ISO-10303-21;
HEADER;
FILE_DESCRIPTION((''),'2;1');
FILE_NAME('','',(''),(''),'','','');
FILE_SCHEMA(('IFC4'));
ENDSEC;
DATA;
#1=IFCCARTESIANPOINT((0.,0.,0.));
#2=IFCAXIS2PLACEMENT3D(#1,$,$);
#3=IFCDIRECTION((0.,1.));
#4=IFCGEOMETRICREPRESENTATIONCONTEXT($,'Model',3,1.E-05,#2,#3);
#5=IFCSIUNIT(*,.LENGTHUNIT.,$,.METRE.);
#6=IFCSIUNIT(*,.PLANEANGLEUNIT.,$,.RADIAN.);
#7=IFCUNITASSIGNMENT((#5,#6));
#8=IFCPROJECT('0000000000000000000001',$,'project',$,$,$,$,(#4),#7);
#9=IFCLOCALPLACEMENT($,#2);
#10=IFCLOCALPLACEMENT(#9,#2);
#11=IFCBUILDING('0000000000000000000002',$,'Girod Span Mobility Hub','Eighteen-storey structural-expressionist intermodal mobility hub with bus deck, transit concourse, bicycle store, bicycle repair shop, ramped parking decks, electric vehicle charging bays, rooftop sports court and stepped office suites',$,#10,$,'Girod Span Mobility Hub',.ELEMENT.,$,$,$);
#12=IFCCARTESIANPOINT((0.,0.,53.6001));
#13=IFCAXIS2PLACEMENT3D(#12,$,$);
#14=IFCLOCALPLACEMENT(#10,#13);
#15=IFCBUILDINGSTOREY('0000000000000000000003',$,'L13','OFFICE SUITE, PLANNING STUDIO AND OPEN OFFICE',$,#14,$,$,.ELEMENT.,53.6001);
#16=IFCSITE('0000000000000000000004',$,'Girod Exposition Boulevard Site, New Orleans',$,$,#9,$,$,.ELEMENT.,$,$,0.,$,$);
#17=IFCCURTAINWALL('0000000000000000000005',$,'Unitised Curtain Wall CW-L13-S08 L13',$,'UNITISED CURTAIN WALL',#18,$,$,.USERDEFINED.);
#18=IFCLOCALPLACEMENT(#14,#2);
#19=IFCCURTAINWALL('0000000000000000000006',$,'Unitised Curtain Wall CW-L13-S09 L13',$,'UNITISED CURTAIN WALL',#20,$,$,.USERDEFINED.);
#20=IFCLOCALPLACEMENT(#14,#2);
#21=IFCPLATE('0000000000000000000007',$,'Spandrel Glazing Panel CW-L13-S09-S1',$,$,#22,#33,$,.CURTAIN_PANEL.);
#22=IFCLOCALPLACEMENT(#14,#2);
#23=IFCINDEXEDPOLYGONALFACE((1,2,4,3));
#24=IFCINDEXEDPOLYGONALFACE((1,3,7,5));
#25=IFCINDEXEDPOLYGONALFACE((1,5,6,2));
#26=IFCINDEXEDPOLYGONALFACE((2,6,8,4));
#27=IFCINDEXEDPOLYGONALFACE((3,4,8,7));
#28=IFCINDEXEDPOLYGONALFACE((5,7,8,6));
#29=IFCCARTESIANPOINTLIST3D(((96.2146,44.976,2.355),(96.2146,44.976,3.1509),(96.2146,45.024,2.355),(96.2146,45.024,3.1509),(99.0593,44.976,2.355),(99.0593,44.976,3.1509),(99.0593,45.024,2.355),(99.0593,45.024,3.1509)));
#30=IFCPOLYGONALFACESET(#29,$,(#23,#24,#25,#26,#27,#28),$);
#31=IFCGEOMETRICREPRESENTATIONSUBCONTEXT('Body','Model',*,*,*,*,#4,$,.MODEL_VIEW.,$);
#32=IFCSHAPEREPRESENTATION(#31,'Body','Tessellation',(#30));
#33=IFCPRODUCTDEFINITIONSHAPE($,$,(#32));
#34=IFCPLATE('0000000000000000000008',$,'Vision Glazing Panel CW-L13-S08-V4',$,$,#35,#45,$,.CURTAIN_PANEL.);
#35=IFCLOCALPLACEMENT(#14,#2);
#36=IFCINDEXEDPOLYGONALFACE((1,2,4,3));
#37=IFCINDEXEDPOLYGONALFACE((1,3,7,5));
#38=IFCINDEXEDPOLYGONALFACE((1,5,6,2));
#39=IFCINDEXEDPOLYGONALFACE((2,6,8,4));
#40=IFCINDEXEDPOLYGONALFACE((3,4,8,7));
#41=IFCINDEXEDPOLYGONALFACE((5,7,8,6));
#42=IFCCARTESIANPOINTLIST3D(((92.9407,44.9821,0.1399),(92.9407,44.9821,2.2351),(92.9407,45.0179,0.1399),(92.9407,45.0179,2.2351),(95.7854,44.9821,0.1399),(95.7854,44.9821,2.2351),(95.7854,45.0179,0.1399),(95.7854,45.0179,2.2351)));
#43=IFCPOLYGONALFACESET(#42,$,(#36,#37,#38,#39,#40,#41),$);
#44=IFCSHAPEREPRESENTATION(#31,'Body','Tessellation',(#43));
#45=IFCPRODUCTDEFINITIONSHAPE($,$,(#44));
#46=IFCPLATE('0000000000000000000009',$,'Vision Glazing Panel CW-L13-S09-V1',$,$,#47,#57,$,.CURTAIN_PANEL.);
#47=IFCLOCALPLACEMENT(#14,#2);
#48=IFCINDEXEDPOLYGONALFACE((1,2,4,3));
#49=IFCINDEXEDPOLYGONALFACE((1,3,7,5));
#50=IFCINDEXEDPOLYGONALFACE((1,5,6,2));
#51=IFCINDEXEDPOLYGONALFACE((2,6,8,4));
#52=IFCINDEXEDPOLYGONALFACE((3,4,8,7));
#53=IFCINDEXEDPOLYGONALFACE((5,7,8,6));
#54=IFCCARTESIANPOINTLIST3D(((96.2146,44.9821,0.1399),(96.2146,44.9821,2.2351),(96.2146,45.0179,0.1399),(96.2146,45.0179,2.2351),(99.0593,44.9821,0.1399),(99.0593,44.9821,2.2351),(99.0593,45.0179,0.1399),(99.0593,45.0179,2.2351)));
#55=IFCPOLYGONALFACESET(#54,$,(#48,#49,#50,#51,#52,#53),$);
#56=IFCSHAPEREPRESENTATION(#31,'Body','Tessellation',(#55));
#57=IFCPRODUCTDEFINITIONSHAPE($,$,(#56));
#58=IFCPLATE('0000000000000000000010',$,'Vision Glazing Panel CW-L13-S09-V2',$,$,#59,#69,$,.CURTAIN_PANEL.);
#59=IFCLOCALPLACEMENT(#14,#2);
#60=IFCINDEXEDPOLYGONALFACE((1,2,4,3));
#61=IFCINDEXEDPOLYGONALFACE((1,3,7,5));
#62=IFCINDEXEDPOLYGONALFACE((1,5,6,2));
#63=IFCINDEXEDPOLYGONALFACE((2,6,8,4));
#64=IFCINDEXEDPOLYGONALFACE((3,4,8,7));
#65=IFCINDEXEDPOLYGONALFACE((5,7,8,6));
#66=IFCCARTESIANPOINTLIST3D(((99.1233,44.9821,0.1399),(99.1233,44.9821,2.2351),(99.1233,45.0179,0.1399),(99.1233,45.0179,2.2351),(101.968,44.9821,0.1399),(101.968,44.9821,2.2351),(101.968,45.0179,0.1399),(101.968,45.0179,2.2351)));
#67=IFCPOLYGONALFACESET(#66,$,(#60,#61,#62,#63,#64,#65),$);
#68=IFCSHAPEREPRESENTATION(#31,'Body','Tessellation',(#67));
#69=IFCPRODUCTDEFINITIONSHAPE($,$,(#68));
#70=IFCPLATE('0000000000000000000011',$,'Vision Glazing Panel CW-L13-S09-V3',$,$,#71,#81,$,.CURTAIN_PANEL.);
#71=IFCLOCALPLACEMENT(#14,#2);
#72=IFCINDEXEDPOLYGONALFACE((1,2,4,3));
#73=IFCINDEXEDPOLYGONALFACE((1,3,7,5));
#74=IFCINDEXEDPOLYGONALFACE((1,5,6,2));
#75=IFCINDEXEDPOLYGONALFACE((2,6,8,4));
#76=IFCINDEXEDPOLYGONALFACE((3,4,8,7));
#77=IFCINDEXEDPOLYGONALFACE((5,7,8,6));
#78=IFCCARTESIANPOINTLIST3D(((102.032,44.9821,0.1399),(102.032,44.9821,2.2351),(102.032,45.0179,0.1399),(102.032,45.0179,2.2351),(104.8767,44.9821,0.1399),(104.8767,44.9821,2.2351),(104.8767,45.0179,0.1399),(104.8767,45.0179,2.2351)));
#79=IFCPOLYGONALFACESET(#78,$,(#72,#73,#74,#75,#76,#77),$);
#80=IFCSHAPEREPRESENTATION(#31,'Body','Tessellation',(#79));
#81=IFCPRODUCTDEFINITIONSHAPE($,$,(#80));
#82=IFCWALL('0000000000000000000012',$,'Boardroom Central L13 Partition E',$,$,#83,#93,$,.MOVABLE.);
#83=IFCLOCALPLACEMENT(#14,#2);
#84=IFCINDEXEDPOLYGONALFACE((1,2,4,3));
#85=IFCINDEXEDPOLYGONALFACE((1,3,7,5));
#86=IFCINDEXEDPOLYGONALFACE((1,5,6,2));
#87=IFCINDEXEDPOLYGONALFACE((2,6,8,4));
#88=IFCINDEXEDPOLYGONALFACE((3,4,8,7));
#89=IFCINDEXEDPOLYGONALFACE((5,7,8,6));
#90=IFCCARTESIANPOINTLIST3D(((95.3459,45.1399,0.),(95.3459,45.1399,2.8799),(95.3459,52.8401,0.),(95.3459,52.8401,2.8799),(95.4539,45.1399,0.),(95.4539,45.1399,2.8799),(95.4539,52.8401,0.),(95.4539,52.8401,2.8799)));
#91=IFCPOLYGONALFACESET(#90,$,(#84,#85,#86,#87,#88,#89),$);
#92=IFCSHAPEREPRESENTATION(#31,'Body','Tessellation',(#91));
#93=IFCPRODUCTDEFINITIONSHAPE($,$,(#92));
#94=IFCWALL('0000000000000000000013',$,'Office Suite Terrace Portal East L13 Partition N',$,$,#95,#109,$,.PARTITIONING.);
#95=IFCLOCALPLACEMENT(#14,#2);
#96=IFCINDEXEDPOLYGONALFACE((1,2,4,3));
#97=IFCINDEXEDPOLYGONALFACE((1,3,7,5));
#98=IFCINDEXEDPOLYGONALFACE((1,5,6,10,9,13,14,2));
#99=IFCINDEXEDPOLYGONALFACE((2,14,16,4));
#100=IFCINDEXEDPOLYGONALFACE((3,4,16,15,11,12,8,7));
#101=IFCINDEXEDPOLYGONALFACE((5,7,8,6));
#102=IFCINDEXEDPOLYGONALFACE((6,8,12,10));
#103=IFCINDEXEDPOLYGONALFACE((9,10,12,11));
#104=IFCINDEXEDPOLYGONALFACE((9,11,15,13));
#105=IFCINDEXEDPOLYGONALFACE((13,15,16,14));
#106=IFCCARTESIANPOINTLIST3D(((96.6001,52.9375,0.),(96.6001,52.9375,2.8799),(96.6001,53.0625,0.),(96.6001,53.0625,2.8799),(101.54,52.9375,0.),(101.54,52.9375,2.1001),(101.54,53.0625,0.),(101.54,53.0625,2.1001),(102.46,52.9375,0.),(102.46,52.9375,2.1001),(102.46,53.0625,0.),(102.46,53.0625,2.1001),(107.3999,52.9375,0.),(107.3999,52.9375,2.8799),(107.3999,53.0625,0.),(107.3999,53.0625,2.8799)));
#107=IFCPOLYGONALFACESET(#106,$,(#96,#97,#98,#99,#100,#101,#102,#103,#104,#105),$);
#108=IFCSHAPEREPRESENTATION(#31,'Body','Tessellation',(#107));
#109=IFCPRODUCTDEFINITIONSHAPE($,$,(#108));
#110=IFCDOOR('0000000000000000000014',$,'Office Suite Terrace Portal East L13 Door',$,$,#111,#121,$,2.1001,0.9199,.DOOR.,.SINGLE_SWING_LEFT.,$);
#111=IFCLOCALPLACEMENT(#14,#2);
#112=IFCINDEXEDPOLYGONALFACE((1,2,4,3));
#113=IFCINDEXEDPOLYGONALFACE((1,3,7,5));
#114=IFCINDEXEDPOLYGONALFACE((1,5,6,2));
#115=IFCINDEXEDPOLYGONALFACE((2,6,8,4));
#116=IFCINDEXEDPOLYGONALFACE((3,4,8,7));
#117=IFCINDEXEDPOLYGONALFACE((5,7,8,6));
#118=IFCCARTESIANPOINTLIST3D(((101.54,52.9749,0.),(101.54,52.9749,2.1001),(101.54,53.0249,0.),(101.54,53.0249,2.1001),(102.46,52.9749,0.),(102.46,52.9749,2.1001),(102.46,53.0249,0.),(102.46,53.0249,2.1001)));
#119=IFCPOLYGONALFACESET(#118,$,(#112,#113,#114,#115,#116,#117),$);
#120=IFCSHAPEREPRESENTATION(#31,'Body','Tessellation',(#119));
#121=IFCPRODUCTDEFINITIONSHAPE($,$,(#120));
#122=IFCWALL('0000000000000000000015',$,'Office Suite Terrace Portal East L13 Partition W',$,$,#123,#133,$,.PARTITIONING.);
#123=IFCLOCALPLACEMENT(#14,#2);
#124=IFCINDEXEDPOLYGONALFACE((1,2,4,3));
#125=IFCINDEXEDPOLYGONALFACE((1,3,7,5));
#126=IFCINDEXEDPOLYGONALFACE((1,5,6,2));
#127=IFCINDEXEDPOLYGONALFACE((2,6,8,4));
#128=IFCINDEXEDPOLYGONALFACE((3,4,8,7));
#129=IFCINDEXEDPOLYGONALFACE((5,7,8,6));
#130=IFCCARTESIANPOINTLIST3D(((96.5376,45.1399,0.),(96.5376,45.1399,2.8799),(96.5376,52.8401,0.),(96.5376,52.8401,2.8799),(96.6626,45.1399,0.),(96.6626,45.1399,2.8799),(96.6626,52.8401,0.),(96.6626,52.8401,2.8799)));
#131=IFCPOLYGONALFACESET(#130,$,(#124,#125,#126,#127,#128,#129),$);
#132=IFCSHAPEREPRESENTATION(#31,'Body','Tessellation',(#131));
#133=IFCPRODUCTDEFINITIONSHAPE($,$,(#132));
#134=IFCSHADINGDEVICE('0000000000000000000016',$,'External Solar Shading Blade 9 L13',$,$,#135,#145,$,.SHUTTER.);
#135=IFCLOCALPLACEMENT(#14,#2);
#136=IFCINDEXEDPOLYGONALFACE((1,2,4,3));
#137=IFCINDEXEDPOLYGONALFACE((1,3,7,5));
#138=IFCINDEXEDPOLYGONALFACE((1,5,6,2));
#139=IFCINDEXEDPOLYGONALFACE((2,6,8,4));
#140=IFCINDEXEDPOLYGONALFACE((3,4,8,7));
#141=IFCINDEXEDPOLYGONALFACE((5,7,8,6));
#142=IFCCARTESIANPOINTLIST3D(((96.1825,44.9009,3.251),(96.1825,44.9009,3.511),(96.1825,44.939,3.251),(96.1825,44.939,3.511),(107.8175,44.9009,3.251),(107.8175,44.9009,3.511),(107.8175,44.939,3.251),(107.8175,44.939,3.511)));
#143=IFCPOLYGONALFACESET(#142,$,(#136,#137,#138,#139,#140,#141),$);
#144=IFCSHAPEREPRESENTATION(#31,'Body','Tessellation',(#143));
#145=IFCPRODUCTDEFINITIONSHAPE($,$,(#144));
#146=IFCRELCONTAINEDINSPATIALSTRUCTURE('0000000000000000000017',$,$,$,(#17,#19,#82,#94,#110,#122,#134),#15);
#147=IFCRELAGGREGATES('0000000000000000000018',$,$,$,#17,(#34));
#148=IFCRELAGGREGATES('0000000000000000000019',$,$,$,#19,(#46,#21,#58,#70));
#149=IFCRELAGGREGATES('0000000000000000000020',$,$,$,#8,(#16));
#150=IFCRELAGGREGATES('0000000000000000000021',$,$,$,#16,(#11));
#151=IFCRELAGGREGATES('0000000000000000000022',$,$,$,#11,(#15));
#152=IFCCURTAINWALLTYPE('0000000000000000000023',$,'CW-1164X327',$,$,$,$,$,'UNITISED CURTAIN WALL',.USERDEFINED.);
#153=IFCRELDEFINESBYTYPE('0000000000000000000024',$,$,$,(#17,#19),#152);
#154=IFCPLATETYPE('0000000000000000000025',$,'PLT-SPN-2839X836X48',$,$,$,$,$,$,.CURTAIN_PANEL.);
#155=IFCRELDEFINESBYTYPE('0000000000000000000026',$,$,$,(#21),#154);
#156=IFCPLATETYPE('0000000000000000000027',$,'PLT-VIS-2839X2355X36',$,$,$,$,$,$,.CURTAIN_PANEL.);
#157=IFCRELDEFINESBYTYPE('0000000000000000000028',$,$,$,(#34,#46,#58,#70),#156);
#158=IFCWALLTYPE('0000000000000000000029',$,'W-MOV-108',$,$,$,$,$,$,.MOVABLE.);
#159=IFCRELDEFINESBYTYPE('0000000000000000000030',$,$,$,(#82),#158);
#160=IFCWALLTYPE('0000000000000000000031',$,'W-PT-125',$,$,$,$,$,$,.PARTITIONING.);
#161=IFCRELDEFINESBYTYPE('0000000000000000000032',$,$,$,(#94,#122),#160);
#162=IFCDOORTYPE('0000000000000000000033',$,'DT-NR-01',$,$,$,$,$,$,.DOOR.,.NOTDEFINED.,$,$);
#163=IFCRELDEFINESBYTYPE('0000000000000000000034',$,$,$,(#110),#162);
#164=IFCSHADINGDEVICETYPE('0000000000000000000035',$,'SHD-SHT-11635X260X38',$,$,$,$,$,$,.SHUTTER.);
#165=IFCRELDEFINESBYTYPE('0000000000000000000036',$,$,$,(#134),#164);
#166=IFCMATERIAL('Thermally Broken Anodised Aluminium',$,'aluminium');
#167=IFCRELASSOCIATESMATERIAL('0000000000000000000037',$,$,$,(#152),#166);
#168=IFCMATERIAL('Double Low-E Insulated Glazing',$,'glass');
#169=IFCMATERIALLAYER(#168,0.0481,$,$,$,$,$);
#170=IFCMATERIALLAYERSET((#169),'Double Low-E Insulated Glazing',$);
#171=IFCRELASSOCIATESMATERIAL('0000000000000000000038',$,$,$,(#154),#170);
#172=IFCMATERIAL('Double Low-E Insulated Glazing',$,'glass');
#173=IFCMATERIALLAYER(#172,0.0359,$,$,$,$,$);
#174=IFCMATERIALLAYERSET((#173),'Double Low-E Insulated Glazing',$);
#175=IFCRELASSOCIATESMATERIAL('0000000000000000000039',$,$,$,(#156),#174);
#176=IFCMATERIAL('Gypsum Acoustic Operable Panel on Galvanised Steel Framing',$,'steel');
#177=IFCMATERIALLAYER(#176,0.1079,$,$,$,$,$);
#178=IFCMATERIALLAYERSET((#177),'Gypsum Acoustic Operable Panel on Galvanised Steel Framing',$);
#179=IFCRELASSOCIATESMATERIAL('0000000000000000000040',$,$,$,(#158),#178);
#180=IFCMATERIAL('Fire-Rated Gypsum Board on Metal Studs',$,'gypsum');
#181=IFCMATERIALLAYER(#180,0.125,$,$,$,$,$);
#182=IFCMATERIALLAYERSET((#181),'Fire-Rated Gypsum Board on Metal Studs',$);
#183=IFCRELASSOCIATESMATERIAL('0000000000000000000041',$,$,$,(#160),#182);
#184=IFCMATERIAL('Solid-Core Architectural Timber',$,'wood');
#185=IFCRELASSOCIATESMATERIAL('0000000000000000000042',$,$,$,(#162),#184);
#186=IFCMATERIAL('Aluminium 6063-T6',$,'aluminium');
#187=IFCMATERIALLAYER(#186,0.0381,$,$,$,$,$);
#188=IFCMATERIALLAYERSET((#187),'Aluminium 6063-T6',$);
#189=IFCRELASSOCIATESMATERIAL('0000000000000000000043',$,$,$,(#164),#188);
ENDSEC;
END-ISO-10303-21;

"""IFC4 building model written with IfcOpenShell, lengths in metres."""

from ifc_helpers import new_model, si_unit, direction, frame, frame_2d, origin, origin_2d, place, context, subcontext, project, spatial, rectangle, extrude, material, layer, layer_set, type_object, element, fill, aggregate, save


model = new_model("IFC4")

# Units and contexts
model_context = context("Model", 3, precision=1e-05, world=origin(), true_north=direction((0.0, 1.0)))
body_context = subcontext(model_context, "Body", "Model", "MODEL_VIEW")
ifc_project = project(units=[si_unit("LENGTHUNIT", "METRE"), si_unit("PLANEANGLEUNIT", "RADIAN")], contexts=[model_context])

# Site, building, storey
site_placement = place(None, origin())
site = spatial("IfcSite", under=ifc_project, at=site_placement, Name="Girod Exposition Boulevard Site, New Orleans", CompositionType="ELEMENT", RefElevation=0.0)
building_placement = place(site_placement, origin())
building = spatial("IfcBuilding", under=site, at=building_placement, Name="Girod Span Mobility Hub", Description="Eighteen-storey structural-expressionist intermodal mobility hub with bus deck, transit concourse, bicycle store, bicycle repair shop, ramped parking decks, electric vehicle charging bays, rooftop sports court and stepped office suites", LongName="Girod Span Mobility Hub", CompositionType="ELEMENT")
storey_placement = place(building_placement, frame((0.0, 0.0, 53.6001)))
storey = spatial("IfcBuildingStorey", under=building, at=storey_placement, Name="L13", Description="OFFICE SUITE, PLANNING STUDIO AND OPEN OFFICE", CompositionType="ELEMENT", Elevation=53.6001)

# Curtain walls
ifc_material_1 = material(Name="Thermally Broken Anodised Aluminium", Category="aluminium")
curtain_wall_type = type_object("IfcCurtainWallType", Name="CW-1164X327", ElementType="UNITISED CURTAIN WALL", PredefinedType="USERDEFINED", material=ifc_material_1)
curtain_wall_1_placement = place(storey_placement, origin())
curtain_wall_1 = element("IfcCurtainWall", 1, at=curtain_wall_1_placement, inside=storey, type_object=curtain_wall_type, Name="Unitised Curtain Wall CW-L13-S08 L13", ObjectType="UNITISED CURTAIN WALL", PredefinedType="USERDEFINED")
curtain_wall_2_placement = place(storey_placement, origin())
curtain_wall_2 = element("IfcCurtainWall", 2, at=curtain_wall_2_placement, inside=storey, type_object=curtain_wall_type, Name="Unitised Curtain Wall CW-L13-S09 L13", ObjectType="UNITISED CURTAIN WALL", PredefinedType="USERDEFINED")

# Plates
ifc_material_2 = material(Name="Double Low-E Insulated Glazing", Category="glass")
ifc_layer_1 = layer(ifc_material_2, 0.0481)
ifc_layer_set_1 = layer_set([ifc_layer_1], Name="Double Low-E Insulated Glazing")
plate_type_1 = type_object("IfcPlateType", Name="PLT-SPN-2839X836X48", PredefinedType="CURTAIN_PANEL", material=ifc_layer_set_1)
plate_1_placement = place(storey_placement, frame((97.637, 45.0, 2.355), z_axis=(0.0, 0.0, 1.0), x_axis=(1.0, 0.0, 0.0)))
plate_1 = element("IfcPlate", 3, at=plate_1_placement, type_object=plate_type_1, Name="Spandrel Glazing Panel CW-L13-S09-S1", PredefinedType="CURTAIN_PANEL", context=body_context, shape_type="SweptSolid", body=[
    extrude(rectangle(XDim=2.8447, YDim=0.0481, at=origin_2d()), origin(), (0.0, 0.0, 1.0), 0.7959),
])
ifc_material_3 = material(Name="Double Low-E Insulated Glazing", Category="glass")
ifc_layer_2 = layer(ifc_material_3, 0.0359)
ifc_layer_set_2 = layer_set([ifc_layer_2], Name="Double Low-E Insulated Glazing")
plate_type_2 = type_object("IfcPlateType", Name="PLT-VIS-2839X2355X36", PredefinedType="CURTAIN_PANEL", material=ifc_layer_set_2)
plate_2_placement = place(storey_placement, frame((94.363, 45.0, 0.1399), z_axis=(0.0, 0.0, 1.0), x_axis=(1.0, 0.0, 0.0)))
plate_2 = element("IfcPlate", 4, at=plate_2_placement, type_object=plate_type_2, Name="Vision Glazing Panel CW-L13-S08-V4", PredefinedType="CURTAIN_PANEL", context=body_context, shape_type="SweptSolid", body=[
    extrude(rectangle(XDim=2.8447, YDim=0.0359, at=origin_2d()), origin(), (0.0, 0.0, 1.0), 2.0952),
])
aggregate(curtain_wall_1, [plate_2])
plate_3_placement = place(storey_placement, frame((97.637, 45.0, 0.1399), z_axis=(0.0, 0.0, 1.0), x_axis=(1.0, 0.0, 0.0)))
plate_3 = element("IfcPlate", 5, at=plate_3_placement, type_object=plate_type_2, Name="Vision Glazing Panel CW-L13-S09-V1", PredefinedType="CURTAIN_PANEL", context=body_context, shape_type="SweptSolid", body=[
    extrude(rectangle(XDim=2.8447, YDim=0.0359, at=origin_2d()), origin(), (0.0, 0.0, 1.0), 2.0952),
])
plate_4_placement = place(storey_placement, frame((100.5457, 45.0, 0.1399), z_axis=(0.0, 0.0, 1.0), x_axis=(1.0, 0.0, 0.0)))
plate_4 = element("IfcPlate", 6, at=plate_4_placement, type_object=plate_type_2, Name="Vision Glazing Panel CW-L13-S09-V2", PredefinedType="CURTAIN_PANEL", context=body_context, shape_type="SweptSolid", body=[
    extrude(rectangle(XDim=2.8447, YDim=0.0359, at=origin_2d()), origin(), (0.0, 0.0, 1.0), 2.0952),
])
plate_5_placement = place(storey_placement, frame((103.4543, 45.0, 0.1399), z_axis=(0.0, 0.0, 1.0), x_axis=(1.0, 0.0, 0.0)))
plate_5 = element("IfcPlate", 7, at=plate_5_placement, type_object=plate_type_2, Name="Vision Glazing Panel CW-L13-S09-V3", PredefinedType="CURTAIN_PANEL", context=body_context, shape_type="SweptSolid", body=[
    extrude(rectangle(XDim=2.8447, YDim=0.0359, at=origin_2d()), origin(), (0.0, 0.0, 1.0), 2.0952),
])
aggregate(curtain_wall_2, [plate_3, plate_1, plate_4, plate_5])

# Wall
ifc_material_4 = material(Name="Gypsum Acoustic Operable Panel on Galvanised Steel Framing", Category="steel")
ifc_layer_3 = layer(ifc_material_4, 0.1079)
ifc_layer_set_3 = layer_set([ifc_layer_3], Name="Gypsum Acoustic Operable Panel on Galvanised Steel Framing")
wall_type_1 = type_object("IfcWallType", Name="W-MOV-108", PredefinedType="MOVABLE", material=ifc_layer_set_3)
wall_1_placement = place(storey_placement, frame((95.3999, 45.1399, 0.0), z_axis=(0.0, 0.0, 1.0), x_axis=(0.0, 1.0, 0.0)))
element("IfcWall", 8, at=wall_1_placement, inside=storey, type_object=wall_type_1, Name="Boardroom Central L13 Partition E", PredefinedType="MOVABLE", context=body_context, shape_type="SweptSolid", body=[
    extrude(rectangle(XDim=7.7002, YDim=0.1079, at=frame_2d((3.8501, 0.0))), origin(), (0.0, 0.0, 1.0), 2.8799),
])

# Wall, opening, door
ifc_material_5 = material(Name="Fire-Rated Gypsum Board on Metal Studs", Category="gypsum")
ifc_layer_4 = layer(ifc_material_5, 0.125)
ifc_layer_set_4 = layer_set([ifc_layer_4], Name="Fire-Rated Gypsum Board on Metal Studs")
wall_type_2 = type_object("IfcWallType", Name="W-PT-125", PredefinedType="PARTITIONING", material=ifc_layer_set_4)
wall_2_placement = place(storey_placement, frame((96.6001, 53.0, 0.0), z_axis=(0.0, 0.0, 1.0), x_axis=(1.0, 0.0, 0.0)))
wall_2 = element("IfcWall", 9, at=wall_2_placement, inside=storey, type_object=wall_type_2, Name="Office Suite Terrace Portal East L13 Partition N", PredefinedType="PARTITIONING", context=body_context, shape_type="SweptSolid", body=[
    extrude(rectangle(XDim=10.7998, YDim=0.125, at=frame_2d((5.3999, 0.0))), origin(), (0.0, 0.0, 1.0), 2.8799),
])
opening_placement = place(wall_2_placement, frame((4.9399, 0.0, 0.0)))
opening = element("IfcOpeningElement", 10, at=opening_placement, cuts=wall_2, PredefinedType="OPENING", context=body_context, shape_type="SweptSolid", body=[
    extrude(rectangle(XDim=0.9199, YDim=2.1001, at=frame_2d((0.46, 1.05))), frame((0.0, 0.0774, 0.0), z_axis=(0.0, -1.0, 0.0), x_axis=(1.0, 0.0, 0.0)), (0.0, 0.0, 1.0), 0.155),
])
ifc_material_6 = material(Name="Solid-Core Architectural Timber", Category="wood")
door_type = type_object("IfcDoorType", Name="DT-NR-01", OperationType="NOTDEFINED", PredefinedType="DOOR", material=ifc_material_6)
door_placement = place(opening_placement, origin())
door = element("IfcDoor", 11, at=door_placement, inside=storey, type_object=door_type, Name="Office Suite Terrace Portal East L13 Door", OperationType="SINGLE_SWING_LEFT", OverallHeight=2.1001, OverallWidth=0.9199, PredefinedType="DOOR", context=body_context, shape_type="SweptSolid", body=[
    extrude(rectangle(XDim=0.9199, YDim=2.1001, at=frame_2d((0.46, 1.05))), frame((0.0, 0.0249, 0.0), z_axis=(0.0, -1.0, 0.0), x_axis=(1.0, 0.0, 0.0)), (0.0, 0.0, 1.0), 0.05),
])
fill(opening, door)

# Wall
wall_3_placement = place(storey_placement, frame((96.6001, 45.1399, 0.0), z_axis=(0.0, 0.0, 1.0), x_axis=(0.0, 1.0, 0.0)))
element("IfcWall", 12, at=wall_3_placement, inside=storey, type_object=wall_type_2, Name="Office Suite Terrace Portal East L13 Partition W", PredefinedType="PARTITIONING", context=body_context, shape_type="SweptSolid", body=[
    extrude(rectangle(XDim=7.7002, YDim=0.125, at=frame_2d((3.8501, 0.0))), origin(), (0.0, 0.0, 1.0), 2.8799),
])

# Shading device
ifc_material_7 = material(Name="Aluminium 6063-T6", Category="aluminium")
ifc_layer_5 = layer(ifc_material_7, 0.0381)
ifc_layer_set_5 = layer_set([ifc_layer_5], Name="Aluminium 6063-T6")
shading_device_type = type_object("IfcShadingDeviceType", Name="SHD-SHT-11635X260X38", PredefinedType="SHUTTER", material=ifc_layer_set_5)
shading_device_placement = place(storey_placement, frame((102.0, 44.9199, 3.251), z_axis=(0.0, 0.0, 1.0), x_axis=(1.0, 0.0, 0.0)))
element("IfcShadingDevice", 13, at=shading_device_placement, inside=storey, type_object=shading_device_type, Name="External Solar Shading Blade 9 L13", PredefinedType="SHUTTER", context=body_context, shape_type="SweptSolid", body=[
    extrude(rectangle(XDim=11.635, YDim=0.0381, at=origin_2d()), origin(), (0.0, 0.0, 1.0), 0.26),
])

save(model, "model.ifc")
